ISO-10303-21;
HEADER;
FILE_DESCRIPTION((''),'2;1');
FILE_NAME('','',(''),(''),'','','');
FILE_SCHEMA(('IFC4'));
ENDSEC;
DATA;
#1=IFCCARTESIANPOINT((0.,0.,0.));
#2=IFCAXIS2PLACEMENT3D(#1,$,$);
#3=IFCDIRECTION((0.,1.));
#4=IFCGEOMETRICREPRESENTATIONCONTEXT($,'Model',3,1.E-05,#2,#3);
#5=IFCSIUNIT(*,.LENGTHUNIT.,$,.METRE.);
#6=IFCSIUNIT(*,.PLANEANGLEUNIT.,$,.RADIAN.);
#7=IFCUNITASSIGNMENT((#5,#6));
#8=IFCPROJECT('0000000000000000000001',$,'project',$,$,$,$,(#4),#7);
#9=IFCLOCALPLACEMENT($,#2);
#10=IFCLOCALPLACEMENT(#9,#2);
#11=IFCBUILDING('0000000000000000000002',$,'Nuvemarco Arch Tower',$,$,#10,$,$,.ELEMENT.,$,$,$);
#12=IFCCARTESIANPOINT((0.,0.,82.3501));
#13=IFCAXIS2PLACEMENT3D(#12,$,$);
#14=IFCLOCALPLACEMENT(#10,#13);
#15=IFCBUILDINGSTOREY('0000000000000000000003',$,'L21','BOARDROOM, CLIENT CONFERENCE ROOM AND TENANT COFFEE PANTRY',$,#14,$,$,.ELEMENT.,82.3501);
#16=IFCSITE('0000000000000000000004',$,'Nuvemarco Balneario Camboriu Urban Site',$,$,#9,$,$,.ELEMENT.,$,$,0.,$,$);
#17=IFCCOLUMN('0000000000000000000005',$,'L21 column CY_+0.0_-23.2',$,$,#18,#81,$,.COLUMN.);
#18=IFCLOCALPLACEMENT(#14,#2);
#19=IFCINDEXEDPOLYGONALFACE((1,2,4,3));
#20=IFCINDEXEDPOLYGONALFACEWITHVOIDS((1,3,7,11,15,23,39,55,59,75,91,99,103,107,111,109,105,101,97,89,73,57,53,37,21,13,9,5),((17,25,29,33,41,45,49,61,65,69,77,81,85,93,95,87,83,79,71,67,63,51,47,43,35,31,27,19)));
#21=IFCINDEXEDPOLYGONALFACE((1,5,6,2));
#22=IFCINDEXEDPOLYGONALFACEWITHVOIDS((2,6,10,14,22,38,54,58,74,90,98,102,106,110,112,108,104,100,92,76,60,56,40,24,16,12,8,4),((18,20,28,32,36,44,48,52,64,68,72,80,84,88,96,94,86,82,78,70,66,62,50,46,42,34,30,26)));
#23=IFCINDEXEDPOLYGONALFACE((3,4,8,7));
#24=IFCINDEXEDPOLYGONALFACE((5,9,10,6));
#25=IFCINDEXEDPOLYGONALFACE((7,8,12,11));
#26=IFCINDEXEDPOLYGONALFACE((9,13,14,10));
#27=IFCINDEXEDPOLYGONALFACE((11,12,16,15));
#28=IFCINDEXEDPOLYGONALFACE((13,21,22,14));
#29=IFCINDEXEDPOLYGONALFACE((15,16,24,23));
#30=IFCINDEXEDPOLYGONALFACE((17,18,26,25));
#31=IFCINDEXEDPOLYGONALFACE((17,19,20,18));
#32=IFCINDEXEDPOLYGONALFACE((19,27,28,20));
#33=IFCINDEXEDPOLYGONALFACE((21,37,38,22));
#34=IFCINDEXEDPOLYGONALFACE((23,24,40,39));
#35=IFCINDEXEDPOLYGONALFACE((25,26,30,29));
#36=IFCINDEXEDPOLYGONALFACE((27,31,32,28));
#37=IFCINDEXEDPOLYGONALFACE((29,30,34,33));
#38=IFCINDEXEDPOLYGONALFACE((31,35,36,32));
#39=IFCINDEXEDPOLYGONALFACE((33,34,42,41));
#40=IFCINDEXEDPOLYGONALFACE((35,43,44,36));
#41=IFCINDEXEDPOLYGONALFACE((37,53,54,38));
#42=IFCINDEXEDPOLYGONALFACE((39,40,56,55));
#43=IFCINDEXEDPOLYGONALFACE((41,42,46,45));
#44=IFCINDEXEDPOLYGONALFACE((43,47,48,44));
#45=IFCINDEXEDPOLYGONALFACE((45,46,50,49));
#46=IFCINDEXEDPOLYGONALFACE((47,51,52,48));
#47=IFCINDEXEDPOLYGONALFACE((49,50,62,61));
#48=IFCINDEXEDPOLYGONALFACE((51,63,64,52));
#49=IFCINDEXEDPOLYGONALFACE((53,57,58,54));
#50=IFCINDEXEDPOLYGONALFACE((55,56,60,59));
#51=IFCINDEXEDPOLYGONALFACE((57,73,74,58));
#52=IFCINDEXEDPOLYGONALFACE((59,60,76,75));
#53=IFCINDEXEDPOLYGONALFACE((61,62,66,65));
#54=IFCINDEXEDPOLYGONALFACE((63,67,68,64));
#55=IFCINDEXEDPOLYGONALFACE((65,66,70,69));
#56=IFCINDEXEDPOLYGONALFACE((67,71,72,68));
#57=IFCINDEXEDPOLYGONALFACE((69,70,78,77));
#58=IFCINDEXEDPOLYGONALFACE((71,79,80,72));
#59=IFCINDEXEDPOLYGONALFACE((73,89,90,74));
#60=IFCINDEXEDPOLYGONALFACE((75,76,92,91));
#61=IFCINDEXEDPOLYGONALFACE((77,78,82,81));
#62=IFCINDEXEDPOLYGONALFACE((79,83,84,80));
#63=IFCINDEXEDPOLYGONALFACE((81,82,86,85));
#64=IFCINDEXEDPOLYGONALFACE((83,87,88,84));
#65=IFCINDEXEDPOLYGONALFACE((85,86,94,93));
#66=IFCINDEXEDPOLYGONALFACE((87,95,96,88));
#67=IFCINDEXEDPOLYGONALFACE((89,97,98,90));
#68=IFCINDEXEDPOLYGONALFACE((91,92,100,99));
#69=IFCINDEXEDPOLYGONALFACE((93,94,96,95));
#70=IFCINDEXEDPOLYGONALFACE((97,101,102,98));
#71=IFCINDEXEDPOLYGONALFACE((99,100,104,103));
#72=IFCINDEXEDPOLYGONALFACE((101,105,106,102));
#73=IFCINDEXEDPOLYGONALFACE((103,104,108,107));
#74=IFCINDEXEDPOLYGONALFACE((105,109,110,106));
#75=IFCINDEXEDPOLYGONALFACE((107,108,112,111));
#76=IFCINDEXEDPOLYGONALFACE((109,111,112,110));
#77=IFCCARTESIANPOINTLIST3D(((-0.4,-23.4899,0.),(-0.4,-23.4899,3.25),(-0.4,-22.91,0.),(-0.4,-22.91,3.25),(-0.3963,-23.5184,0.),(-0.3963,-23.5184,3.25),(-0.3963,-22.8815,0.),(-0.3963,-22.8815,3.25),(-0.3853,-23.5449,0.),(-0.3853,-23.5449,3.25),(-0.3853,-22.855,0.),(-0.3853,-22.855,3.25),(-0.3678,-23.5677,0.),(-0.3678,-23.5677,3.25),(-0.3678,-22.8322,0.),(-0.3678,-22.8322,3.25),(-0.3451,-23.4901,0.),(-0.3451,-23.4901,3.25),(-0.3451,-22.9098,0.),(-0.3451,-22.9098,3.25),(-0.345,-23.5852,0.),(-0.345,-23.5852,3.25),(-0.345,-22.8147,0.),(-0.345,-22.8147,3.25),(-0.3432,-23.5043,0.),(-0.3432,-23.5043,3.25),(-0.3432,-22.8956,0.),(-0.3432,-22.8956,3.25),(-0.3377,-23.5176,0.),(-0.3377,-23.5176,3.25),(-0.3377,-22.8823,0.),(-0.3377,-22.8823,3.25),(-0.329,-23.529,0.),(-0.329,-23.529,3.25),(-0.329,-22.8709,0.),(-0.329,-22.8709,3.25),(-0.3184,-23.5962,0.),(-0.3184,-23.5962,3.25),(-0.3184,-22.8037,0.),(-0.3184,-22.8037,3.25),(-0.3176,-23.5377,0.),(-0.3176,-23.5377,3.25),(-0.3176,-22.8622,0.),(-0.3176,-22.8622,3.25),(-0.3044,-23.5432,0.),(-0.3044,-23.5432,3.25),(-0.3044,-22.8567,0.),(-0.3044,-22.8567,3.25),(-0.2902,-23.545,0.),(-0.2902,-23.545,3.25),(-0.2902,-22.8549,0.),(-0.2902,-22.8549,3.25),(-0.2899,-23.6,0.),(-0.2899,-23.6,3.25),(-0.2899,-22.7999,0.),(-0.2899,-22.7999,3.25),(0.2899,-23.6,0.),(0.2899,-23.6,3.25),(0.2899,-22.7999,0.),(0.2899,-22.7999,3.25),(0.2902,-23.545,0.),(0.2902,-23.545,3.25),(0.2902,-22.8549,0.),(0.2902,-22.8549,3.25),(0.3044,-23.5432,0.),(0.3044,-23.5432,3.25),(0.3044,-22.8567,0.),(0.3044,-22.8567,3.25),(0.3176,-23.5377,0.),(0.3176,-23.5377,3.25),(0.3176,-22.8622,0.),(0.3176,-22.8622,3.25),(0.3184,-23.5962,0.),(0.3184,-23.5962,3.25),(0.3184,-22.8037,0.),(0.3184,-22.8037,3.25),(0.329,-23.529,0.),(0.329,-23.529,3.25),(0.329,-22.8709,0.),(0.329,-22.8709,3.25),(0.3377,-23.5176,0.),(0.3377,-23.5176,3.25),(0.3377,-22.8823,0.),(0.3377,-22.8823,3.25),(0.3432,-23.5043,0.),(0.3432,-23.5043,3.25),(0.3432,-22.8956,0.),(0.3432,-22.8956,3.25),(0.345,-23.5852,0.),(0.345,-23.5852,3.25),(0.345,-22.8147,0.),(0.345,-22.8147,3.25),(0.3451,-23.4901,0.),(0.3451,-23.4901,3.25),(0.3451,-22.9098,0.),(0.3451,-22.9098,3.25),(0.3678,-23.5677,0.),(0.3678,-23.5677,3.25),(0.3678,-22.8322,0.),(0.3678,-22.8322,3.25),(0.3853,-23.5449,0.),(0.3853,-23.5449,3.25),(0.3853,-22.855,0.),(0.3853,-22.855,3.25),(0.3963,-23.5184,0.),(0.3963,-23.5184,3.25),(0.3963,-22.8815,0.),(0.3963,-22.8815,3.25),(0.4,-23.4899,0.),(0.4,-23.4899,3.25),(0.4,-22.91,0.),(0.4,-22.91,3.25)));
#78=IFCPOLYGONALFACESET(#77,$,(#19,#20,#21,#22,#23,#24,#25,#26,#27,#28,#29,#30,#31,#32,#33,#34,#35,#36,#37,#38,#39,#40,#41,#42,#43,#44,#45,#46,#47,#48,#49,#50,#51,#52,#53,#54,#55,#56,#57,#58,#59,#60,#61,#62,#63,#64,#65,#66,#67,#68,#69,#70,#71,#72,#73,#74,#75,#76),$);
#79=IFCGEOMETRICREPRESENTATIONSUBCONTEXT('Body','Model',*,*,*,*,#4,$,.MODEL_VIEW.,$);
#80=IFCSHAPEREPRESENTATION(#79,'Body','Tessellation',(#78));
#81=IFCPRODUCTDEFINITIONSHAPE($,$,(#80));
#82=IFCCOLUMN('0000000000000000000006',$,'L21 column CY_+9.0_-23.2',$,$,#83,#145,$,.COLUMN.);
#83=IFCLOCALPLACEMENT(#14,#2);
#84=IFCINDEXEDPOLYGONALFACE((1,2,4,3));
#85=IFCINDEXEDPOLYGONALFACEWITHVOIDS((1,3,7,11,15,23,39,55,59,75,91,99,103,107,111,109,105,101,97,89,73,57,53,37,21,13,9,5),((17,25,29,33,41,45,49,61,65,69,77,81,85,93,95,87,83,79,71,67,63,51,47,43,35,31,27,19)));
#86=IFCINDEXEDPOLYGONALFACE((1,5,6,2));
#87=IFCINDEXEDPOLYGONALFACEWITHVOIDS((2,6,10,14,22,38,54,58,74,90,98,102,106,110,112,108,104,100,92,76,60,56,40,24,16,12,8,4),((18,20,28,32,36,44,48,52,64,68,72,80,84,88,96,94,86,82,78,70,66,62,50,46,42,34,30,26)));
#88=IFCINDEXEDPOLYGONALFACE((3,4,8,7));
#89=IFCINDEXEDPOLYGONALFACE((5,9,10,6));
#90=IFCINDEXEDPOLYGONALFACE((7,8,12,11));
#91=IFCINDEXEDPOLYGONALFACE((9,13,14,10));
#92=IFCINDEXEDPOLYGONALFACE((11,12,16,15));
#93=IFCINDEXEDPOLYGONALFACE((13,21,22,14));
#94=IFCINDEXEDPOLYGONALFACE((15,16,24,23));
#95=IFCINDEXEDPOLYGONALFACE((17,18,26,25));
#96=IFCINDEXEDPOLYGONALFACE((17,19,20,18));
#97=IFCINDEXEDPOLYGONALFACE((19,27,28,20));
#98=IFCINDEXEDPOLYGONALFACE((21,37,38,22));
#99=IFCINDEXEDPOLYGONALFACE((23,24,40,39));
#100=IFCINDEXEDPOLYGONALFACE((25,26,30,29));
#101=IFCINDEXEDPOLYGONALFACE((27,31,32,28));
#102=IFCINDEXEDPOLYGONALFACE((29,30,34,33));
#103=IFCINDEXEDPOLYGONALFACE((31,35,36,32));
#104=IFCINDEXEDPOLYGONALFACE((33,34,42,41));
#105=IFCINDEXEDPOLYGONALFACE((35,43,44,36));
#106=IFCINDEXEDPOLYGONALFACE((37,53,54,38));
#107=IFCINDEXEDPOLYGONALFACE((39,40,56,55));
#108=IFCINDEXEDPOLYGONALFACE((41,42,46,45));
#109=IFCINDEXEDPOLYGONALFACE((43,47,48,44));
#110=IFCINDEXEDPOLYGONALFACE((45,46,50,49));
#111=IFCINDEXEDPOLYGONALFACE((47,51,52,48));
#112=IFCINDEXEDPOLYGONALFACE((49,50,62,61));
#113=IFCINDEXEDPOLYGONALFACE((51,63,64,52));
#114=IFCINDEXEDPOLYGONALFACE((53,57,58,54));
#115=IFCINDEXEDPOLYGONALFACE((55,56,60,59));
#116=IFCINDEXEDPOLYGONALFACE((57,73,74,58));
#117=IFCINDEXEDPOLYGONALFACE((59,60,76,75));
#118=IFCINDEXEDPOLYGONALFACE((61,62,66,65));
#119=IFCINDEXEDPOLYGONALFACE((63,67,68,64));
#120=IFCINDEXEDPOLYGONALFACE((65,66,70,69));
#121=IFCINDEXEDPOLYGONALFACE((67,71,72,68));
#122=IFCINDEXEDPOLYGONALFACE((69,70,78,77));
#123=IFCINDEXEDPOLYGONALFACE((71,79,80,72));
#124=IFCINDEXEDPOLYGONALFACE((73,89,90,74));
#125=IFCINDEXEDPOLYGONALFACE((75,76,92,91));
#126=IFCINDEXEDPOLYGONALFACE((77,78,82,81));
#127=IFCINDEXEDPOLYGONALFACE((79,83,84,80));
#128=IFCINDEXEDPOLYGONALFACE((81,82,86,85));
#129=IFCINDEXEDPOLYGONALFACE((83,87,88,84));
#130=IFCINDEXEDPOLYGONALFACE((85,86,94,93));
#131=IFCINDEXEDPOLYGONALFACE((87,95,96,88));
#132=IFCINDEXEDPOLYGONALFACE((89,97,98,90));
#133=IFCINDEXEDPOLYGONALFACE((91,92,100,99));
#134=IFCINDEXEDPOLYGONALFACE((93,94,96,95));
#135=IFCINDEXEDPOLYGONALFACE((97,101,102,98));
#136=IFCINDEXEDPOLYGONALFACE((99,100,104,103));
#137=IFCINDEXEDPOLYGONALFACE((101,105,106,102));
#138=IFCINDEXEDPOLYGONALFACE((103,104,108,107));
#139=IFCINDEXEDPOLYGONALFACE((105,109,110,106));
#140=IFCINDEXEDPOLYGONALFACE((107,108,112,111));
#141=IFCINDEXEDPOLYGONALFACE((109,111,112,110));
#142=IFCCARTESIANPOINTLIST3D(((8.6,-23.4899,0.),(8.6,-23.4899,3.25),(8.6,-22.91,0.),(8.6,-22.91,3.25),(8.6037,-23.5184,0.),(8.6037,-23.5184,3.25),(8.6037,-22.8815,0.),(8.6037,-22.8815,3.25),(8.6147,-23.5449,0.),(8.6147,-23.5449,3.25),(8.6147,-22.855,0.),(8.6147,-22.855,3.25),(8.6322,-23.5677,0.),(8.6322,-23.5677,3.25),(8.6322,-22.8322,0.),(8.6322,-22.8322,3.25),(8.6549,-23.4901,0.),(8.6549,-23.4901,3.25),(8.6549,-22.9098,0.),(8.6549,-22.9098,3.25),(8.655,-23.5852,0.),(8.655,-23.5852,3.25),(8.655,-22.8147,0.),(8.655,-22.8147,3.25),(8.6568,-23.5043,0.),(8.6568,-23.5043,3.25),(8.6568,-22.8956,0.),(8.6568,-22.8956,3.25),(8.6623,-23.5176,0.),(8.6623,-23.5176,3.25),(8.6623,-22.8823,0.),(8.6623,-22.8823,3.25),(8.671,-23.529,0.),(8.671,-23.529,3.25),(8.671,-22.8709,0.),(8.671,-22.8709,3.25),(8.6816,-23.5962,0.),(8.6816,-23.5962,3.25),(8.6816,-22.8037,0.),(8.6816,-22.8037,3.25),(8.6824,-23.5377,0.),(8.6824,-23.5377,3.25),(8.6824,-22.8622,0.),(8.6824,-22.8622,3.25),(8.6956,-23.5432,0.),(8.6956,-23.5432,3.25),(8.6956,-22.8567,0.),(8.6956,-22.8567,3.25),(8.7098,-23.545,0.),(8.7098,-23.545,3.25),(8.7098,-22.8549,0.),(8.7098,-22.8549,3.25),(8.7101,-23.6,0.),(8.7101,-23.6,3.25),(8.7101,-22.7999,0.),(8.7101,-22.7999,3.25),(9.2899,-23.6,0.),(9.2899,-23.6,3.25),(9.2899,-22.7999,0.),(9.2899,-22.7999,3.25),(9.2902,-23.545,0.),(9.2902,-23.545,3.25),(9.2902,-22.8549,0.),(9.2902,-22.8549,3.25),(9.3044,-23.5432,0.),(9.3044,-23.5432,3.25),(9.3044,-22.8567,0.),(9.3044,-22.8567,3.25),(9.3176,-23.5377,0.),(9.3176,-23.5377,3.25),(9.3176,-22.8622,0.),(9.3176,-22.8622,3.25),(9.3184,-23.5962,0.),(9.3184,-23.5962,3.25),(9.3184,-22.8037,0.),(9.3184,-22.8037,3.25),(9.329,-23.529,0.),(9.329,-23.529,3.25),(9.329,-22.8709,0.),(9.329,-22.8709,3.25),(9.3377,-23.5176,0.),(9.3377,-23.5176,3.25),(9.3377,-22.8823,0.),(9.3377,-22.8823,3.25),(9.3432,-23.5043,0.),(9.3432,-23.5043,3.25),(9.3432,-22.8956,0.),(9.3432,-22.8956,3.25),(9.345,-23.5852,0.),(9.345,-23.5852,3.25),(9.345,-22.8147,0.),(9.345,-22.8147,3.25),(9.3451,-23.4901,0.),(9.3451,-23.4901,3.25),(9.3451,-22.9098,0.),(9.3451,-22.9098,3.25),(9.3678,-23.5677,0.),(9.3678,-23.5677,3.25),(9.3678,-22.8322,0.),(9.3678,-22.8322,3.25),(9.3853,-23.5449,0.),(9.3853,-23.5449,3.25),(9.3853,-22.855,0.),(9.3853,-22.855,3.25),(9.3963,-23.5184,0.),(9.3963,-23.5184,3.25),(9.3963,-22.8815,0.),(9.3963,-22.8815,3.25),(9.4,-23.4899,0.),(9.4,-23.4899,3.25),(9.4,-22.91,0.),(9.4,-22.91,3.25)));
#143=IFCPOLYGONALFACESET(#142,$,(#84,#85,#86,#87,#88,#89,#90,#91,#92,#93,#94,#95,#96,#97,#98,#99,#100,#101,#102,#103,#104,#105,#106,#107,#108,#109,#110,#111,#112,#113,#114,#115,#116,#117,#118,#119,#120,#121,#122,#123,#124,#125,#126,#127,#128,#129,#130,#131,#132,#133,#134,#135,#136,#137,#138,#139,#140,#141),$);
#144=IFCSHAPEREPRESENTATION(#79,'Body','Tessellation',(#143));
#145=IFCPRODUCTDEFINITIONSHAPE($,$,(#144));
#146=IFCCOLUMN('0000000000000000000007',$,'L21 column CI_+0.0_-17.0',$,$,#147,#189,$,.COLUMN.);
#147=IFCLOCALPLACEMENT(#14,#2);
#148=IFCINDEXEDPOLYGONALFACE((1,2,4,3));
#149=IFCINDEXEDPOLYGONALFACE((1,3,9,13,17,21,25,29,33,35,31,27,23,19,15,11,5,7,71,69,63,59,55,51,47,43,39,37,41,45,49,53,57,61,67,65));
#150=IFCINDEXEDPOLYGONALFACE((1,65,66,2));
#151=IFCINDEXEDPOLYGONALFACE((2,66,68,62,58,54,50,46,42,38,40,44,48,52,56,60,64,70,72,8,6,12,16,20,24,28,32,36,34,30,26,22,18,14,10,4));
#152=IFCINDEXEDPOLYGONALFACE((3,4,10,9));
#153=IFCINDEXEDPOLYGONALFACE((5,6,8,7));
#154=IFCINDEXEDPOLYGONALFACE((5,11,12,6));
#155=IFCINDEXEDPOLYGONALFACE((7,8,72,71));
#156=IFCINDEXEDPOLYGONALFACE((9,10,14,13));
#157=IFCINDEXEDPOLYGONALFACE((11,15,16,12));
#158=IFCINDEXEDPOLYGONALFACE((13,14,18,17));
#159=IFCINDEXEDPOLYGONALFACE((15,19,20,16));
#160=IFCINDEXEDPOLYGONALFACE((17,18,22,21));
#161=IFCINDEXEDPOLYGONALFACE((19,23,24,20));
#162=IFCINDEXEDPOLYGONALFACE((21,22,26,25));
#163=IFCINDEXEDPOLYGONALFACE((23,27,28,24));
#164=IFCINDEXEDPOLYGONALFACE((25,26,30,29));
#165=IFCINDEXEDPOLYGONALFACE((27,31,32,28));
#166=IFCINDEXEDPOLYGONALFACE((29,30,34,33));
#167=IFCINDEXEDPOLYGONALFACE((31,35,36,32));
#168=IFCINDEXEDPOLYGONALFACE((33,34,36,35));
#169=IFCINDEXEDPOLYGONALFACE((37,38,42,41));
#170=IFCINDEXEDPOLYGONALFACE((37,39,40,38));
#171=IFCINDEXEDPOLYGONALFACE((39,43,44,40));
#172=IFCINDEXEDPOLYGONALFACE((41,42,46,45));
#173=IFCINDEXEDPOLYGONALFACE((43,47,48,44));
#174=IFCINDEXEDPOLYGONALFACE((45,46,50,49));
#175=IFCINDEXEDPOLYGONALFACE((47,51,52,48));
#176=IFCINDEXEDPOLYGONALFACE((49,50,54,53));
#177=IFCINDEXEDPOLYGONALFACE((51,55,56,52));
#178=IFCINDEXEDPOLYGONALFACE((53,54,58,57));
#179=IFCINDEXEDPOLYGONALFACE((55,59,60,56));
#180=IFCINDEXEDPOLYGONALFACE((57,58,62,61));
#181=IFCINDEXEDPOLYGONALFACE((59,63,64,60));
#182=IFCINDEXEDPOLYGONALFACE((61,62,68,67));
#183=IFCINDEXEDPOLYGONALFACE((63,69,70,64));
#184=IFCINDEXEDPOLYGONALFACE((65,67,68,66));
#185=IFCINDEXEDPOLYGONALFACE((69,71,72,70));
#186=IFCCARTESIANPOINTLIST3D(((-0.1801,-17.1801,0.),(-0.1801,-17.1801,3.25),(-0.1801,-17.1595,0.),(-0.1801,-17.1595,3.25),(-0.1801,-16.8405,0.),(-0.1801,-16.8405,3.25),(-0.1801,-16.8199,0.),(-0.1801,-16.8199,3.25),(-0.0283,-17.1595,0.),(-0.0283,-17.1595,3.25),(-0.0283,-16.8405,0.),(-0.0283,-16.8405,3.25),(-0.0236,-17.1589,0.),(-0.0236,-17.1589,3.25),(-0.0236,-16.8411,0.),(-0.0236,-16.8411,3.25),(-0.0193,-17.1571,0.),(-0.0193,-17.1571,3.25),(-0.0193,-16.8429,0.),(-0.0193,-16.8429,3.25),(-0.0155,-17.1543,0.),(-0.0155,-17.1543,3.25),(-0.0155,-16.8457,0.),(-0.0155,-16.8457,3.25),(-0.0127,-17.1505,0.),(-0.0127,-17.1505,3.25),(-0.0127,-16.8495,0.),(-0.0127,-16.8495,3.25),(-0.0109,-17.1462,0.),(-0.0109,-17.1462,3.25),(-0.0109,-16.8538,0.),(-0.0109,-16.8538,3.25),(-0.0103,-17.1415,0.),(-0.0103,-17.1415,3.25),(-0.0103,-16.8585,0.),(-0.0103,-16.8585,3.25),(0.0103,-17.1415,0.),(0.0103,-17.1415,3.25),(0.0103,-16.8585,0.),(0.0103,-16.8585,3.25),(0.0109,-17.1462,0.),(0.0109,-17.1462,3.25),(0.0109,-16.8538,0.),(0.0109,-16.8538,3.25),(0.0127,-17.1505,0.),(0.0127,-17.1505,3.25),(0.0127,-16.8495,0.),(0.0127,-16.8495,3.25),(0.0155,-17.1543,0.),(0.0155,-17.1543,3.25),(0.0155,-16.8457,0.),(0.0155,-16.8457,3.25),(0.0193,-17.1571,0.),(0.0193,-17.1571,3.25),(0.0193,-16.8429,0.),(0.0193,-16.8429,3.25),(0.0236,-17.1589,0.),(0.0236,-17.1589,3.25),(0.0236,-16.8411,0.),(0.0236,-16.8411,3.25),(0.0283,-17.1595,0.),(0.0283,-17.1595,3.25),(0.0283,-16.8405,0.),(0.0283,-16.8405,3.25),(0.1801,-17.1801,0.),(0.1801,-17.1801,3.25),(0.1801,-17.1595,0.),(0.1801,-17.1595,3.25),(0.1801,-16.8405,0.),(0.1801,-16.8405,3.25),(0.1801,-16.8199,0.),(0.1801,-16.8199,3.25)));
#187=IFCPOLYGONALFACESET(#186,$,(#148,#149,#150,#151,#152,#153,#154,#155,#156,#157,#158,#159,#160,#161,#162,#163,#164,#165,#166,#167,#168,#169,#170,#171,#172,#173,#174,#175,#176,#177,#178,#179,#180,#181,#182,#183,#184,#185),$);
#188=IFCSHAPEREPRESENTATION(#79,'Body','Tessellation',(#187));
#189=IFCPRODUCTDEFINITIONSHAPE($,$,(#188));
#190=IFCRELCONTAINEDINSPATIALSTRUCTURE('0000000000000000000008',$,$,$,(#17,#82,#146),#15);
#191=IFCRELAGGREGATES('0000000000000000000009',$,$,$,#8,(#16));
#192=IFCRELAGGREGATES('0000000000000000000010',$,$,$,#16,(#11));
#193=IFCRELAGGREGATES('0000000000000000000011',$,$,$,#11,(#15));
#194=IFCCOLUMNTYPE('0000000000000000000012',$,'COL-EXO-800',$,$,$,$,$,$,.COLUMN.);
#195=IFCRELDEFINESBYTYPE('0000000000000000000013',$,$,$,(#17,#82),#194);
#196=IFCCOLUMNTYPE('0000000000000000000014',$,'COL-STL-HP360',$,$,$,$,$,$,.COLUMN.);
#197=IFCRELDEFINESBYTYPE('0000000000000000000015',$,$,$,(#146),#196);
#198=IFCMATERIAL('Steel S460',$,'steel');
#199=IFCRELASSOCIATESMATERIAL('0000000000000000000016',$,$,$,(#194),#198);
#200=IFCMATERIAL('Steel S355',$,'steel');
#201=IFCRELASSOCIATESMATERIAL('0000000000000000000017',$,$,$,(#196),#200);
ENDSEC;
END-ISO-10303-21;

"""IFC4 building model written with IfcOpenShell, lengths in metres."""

from ifc_helpers import new_model, si_unit, direction, frame, origin, origin_2d, place, context, subcontext, project, spatial, hollow_rectangle, i_section, extrude, material, material_profile, profile_set, type_object, element, save


model = new_model("IFC4")

# Units and contexts
model_context = context("Model", 3, precision=1e-05, world=origin(), true_north=direction((0.0, 1.0)))
body_context = subcontext(model_context, "Body", "Model", "MODEL_VIEW")
ifc_project = project(units=[si_unit("LENGTHUNIT", "METRE"), si_unit("PLANEANGLEUNIT", "RADIAN")], contexts=[model_context])

# Site, building, storey
site_placement = place(None, origin())
site = spatial("IfcSite", under=ifc_project, at=site_placement, Name="Nuvemarco Balneario Camboriu Urban Site", CompositionType="ELEMENT", RefElevation=0.0)
building_placement = place(site_placement, origin())
building = spatial("IfcBuilding", under=site, at=building_placement, Name="Nuvemarco Arch Tower", CompositionType="ELEMENT")
storey_placement = place(building_placement, frame((0.0, 0.0, 82.3501)))
storey = spatial("IfcBuildingStorey", under=building, at=storey_placement, Name="L21", Description="BOARDROOM, CLIENT CONFERENCE ROOM AND TENANT COFFEE PANTRY", CompositionType="ELEMENT", Elevation=82.3501)

# Columns
ifc_material_1 = material(Name="Steel S460", Category="steel")
ifc_material_profile_1 = material_profile(ifc_material_1, hollow_rectangle(XDim=0.8, YDim=0.8, WallThickness=0.0549, InnerFilletRadius=0.0549, OuterFilletRadius=0.1101, at=origin_2d()), Name="SHS800x800x55")
ifc_profile_set_1 = profile_set([ifc_material_profile_1], Name="Steel S460")
column_type_1 = type_object("IfcColumnType", Name="COL-EXO-800", PredefinedType="COLUMN", material=ifc_profile_set_1)
for number, where, z_axis, x_axis, name in (
    (1, (0.0, -23.2, 0.0), (0.0, 0.0, 1.0), (1.0, 0.0, 0.0), "L21 column CY_+0.0_-23.2"),
    (2, (9.0, -23.2, 0.0), (0.0, 0.0, 1.0), (1.0, 0.0, 0.0), "L21 column CY_+9.0_-23.2"),
):
    element("IfcColumn", number, at=place(storey_placement, frame(where, z_axis=z_axis, x_axis=x_axis)), inside=storey, type_object=column_type_1, Name=name, PredefinedType="COLUMN", context=body_context, shape_type="SweptSolid", body=[
        extrude(hollow_rectangle(XDim=0.8, YDim=0.8, WallThickness=0.0549, InnerFilletRadius=0.0549, OuterFilletRadius=0.1101, at=origin_2d()), origin(), (0.0, 0.0, 1.0), 3.25),
    ])
ifc_material_2 = material(Name="Steel S355", Category="steel")
ifc_material_profile_2 = material_profile(ifc_material_2, i_section(OverallWidth=0.3601, OverallDepth=0.3601, WebThickness=0.0205, FlangeThickness=0.0205, FilletRadius=0.0181, at=origin_2d()), Name="HP360x174")
ifc_profile_set_2 = profile_set([ifc_material_profile_2], Name="Steel S355")
column_type_2 = type_object("IfcColumnType", Name="COL-STL-HP360", PredefinedType="COLUMN", material=ifc_profile_set_2)
for number, where, z_axis, x_axis, name in (
    (3, (0.0, -17.0, 0.0), (0.0, 0.0, 1.0), (1.0, 0.0, 0.0), "L21 column CI_+0.0_-17.0"),
):
    element("IfcColumn", number, at=place(storey_placement, frame(where, z_axis=z_axis, x_axis=x_axis)), inside=storey, type_object=column_type_2, Name=name, PredefinedType="COLUMN", context=body_context, shape_type="SweptSolid", body=[
        extrude(i_section(OverallWidth=0.3601, OverallDepth=0.3601, WebThickness=0.0205, FlangeThickness=0.0205, FilletRadius=0.0181, at=origin_2d()), origin(), (0.0, 0.0, 1.0), 3.25),
    ])

save(model, "model.ifc")
